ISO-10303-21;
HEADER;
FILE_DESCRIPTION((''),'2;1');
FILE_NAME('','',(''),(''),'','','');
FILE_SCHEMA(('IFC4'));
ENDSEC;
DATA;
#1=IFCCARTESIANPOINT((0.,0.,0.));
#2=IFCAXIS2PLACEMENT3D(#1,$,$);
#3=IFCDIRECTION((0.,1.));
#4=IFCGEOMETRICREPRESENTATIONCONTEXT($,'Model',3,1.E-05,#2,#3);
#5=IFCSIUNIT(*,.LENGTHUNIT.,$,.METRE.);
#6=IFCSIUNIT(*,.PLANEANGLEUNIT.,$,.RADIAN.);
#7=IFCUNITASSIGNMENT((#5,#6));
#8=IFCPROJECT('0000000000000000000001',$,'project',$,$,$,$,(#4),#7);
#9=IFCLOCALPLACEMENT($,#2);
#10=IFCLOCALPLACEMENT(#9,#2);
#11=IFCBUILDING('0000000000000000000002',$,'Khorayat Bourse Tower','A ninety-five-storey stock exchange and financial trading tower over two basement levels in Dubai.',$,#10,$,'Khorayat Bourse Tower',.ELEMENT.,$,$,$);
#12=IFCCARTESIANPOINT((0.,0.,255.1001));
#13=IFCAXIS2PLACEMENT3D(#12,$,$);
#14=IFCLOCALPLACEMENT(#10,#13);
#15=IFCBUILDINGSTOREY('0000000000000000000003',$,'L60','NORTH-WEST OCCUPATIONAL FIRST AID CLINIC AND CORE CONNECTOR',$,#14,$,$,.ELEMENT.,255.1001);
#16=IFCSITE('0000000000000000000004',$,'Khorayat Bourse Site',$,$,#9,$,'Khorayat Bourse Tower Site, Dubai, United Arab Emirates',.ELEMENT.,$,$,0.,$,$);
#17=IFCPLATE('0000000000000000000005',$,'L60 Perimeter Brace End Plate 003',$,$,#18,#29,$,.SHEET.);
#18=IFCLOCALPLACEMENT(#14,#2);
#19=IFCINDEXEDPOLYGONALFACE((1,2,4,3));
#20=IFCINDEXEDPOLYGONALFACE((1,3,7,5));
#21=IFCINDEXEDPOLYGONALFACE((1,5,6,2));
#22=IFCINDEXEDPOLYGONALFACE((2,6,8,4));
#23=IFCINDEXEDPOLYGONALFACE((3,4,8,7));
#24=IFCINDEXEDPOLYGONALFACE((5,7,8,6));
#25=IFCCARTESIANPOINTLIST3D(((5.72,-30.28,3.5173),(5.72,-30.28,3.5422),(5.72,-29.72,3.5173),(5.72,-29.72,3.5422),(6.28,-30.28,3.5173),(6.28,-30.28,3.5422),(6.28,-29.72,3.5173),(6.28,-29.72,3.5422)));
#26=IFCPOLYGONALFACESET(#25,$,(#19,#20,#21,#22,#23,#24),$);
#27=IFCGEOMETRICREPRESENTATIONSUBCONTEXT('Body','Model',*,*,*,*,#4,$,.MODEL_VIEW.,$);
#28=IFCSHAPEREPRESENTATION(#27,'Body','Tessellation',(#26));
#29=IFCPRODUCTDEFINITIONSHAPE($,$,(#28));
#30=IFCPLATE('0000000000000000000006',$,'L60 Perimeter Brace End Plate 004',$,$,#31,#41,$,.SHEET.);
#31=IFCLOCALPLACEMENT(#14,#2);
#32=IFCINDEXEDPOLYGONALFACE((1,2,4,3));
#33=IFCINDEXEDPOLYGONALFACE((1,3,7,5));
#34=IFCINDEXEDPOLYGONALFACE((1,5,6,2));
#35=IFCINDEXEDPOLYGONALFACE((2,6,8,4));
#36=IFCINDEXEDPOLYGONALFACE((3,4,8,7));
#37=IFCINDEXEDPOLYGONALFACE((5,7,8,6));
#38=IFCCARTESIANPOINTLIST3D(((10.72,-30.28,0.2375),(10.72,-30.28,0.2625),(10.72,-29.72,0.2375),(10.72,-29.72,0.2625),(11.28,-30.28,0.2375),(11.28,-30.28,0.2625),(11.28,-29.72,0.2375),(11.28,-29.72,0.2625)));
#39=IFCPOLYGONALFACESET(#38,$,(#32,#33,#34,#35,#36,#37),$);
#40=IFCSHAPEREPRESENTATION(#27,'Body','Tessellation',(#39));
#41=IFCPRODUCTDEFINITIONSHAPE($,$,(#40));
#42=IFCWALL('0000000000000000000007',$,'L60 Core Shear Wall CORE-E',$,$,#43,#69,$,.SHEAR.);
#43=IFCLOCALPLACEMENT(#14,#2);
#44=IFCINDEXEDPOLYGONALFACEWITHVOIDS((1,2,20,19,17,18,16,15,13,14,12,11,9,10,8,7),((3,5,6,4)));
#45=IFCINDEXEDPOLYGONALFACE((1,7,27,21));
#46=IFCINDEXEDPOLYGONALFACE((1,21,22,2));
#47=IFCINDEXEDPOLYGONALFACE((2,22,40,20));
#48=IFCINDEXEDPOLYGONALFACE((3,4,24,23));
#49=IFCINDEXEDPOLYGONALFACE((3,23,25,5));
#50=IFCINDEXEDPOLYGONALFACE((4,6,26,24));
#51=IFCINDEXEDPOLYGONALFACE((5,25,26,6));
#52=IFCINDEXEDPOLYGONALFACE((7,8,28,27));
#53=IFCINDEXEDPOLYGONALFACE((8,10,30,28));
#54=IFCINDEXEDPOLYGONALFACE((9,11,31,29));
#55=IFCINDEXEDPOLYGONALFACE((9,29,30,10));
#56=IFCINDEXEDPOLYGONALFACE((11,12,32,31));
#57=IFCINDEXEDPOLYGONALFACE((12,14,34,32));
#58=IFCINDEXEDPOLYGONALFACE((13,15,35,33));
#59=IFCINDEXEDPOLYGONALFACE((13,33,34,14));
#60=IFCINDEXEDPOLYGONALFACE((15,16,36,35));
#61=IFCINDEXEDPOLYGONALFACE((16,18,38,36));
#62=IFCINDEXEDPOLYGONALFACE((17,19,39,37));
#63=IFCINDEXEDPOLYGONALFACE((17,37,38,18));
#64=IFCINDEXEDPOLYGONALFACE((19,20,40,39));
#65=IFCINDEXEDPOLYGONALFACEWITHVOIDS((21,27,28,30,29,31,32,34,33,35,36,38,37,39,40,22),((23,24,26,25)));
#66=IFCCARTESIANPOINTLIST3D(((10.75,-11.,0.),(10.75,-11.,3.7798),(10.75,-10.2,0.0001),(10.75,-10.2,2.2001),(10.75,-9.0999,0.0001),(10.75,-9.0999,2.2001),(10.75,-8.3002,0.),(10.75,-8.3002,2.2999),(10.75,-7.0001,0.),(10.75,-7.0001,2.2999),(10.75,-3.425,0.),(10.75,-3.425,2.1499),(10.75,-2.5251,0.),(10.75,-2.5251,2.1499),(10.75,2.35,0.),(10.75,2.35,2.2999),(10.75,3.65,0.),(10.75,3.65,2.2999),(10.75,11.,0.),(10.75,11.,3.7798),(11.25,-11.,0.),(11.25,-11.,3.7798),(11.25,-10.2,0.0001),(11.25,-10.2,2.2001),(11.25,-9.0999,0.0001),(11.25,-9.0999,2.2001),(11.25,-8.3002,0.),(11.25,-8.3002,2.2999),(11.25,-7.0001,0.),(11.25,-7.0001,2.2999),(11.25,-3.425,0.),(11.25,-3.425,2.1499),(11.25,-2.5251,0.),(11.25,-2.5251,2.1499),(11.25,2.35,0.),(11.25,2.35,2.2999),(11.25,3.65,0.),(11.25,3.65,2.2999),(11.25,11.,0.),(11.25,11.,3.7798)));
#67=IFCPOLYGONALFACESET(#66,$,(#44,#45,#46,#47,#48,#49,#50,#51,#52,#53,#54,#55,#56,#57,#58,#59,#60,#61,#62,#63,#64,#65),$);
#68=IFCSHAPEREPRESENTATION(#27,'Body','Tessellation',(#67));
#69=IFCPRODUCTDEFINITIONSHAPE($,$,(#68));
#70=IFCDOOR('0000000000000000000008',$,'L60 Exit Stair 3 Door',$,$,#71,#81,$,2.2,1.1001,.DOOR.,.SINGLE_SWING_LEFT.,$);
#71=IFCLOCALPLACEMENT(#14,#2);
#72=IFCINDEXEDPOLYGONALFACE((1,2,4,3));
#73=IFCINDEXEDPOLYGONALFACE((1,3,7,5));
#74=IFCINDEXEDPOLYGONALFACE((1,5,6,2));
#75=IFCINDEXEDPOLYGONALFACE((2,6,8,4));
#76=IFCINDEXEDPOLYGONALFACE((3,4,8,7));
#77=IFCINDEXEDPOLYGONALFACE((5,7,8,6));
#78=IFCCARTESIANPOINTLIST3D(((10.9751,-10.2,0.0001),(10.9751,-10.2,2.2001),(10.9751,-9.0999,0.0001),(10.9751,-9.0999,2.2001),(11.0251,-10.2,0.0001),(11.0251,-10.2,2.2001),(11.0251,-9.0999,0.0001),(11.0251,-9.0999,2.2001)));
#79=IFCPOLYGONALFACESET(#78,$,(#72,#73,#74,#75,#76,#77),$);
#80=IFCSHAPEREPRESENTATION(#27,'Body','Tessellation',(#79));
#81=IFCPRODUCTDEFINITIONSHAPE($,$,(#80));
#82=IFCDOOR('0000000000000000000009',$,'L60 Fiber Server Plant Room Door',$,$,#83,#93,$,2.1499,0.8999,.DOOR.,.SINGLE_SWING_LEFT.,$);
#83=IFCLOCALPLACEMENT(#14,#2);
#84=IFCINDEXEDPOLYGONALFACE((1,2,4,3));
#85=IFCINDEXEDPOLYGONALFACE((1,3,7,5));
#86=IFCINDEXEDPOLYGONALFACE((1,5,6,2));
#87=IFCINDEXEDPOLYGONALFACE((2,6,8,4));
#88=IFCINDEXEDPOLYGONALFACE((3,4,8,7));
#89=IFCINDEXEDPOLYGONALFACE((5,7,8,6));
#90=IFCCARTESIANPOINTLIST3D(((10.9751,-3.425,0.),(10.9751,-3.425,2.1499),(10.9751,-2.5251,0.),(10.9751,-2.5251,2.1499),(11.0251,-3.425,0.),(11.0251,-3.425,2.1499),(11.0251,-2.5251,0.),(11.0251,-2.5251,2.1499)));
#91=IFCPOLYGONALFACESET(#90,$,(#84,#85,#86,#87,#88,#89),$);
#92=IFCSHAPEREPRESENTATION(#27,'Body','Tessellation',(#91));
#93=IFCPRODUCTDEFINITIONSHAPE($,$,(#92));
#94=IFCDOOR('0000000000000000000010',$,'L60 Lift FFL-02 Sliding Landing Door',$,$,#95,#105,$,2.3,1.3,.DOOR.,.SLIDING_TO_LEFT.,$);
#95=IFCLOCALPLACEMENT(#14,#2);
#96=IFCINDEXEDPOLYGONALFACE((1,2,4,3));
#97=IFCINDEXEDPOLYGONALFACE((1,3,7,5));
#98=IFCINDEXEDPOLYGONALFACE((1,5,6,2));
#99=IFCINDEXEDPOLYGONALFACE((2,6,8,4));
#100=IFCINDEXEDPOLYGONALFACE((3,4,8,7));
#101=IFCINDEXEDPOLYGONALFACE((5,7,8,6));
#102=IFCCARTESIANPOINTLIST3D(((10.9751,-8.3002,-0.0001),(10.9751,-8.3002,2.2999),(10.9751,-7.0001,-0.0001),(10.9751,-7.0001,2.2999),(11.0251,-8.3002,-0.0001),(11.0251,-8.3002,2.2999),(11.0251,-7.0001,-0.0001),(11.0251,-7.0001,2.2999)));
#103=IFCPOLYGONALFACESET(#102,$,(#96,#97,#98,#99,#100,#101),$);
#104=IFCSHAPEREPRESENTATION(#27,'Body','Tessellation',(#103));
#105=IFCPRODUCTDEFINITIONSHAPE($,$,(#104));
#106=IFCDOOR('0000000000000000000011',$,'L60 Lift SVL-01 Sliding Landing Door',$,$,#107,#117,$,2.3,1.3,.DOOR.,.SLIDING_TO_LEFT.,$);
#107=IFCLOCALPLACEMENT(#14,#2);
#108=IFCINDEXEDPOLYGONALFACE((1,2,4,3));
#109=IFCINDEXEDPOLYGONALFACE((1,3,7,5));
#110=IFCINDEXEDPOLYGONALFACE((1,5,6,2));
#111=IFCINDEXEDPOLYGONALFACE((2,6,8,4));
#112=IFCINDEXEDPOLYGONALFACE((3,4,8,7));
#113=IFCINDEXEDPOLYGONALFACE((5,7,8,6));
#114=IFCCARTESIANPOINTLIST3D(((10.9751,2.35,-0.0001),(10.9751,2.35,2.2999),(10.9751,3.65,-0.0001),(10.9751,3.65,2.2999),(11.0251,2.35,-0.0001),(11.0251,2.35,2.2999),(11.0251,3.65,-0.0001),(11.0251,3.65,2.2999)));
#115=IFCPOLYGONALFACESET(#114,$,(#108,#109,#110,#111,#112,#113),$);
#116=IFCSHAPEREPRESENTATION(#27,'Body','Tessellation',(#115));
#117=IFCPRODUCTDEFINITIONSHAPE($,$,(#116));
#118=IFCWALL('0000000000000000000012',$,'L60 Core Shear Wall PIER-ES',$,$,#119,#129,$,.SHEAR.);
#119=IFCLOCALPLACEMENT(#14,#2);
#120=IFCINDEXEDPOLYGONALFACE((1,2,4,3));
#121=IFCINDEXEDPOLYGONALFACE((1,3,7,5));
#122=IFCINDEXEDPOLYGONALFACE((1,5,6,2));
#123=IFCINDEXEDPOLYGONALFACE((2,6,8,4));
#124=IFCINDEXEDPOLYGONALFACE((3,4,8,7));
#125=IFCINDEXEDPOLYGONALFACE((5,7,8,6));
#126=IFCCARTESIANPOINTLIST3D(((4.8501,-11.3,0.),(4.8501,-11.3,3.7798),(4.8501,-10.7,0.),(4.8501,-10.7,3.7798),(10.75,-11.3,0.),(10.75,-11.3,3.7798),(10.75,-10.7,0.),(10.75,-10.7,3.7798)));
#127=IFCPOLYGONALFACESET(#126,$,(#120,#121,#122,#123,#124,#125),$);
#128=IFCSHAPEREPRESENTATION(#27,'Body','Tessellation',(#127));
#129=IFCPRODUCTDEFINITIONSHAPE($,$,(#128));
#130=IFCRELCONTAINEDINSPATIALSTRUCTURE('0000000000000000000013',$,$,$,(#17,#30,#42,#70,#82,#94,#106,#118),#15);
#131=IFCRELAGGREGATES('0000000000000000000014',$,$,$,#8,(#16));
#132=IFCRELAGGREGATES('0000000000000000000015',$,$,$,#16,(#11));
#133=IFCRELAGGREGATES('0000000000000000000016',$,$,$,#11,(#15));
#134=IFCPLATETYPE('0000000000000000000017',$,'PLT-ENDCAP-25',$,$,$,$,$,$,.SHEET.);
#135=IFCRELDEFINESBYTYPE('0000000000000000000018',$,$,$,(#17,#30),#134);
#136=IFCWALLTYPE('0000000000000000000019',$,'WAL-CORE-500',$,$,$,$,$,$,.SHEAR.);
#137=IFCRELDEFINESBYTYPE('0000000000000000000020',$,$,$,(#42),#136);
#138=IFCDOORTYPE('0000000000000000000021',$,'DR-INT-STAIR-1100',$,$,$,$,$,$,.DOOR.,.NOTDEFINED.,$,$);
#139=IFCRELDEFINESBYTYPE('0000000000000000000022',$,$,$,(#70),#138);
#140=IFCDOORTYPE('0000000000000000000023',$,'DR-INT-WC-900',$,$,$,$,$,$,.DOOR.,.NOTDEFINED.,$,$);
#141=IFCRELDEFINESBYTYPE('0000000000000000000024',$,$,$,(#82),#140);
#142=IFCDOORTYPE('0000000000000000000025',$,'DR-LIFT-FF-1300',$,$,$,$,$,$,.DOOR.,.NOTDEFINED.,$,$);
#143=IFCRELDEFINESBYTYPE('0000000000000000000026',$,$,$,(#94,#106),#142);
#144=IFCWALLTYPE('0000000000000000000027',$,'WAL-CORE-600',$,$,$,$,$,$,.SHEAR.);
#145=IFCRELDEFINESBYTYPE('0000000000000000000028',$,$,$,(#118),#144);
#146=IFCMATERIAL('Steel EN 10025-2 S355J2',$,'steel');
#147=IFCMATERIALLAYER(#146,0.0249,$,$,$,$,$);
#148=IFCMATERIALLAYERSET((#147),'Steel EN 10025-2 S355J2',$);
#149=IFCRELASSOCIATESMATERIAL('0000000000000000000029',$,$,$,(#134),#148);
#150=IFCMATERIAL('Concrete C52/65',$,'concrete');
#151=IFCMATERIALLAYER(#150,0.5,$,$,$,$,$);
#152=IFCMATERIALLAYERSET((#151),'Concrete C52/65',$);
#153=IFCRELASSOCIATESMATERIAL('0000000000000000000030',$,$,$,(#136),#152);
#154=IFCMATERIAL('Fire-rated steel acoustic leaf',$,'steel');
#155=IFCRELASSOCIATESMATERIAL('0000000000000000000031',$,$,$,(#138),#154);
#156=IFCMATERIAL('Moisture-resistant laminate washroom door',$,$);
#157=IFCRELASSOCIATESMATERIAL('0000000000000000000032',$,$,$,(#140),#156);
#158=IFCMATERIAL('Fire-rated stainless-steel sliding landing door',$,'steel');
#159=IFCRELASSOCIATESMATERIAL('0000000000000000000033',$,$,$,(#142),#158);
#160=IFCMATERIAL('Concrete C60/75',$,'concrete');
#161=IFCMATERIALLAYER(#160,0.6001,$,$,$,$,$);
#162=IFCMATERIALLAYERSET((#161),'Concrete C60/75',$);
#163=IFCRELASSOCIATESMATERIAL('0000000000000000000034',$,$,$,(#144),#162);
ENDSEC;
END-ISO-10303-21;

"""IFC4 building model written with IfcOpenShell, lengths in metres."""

from ifc_helpers import new_model, si_unit, direction, frame, frame_2d, origin, origin_2d, place, context, subcontext, project, spatial, rectangle, extrude, source, transform, mapped, material, layer, layer_set, type_object, element, fill, save


model = new_model("IFC4")

# Units and contexts
model_context = context("Model", 3, precision=1e-05, world=origin(), true_north=direction((0.0, 1.0)))
body_context = subcontext(model_context, "Body", "Model", "MODEL_VIEW")
ifc_project = project(units=[si_unit("LENGTHUNIT", "METRE"), si_unit("PLANEANGLEUNIT", "RADIAN")], contexts=[model_context])

# Site, building, storey
site_placement = place(None, origin())
site = spatial("IfcSite", under=ifc_project, at=site_placement, Name="Khorayat Bourse Site", LongName="Khorayat Bourse Tower Site, Dubai, United Arab Emirates", CompositionType="ELEMENT", RefElevation=0.0)
building_placement = place(site_placement, origin())
building = spatial("IfcBuilding", under=site, at=building_placement, Name="Khorayat Bourse Tower", Description="A ninety-five-storey stock exchange and financial trading tower over two basement levels in Dubai.", LongName="Khorayat Bourse Tower", CompositionType="ELEMENT")
storey_placement = place(building_placement, frame((0.0, 0.0, 255.1001)))
storey = spatial("IfcBuildingStorey", under=building, at=storey_placement, Name="L60", Description="NORTH-WEST OCCUPATIONAL FIRST AID CLINIC AND CORE CONNECTOR", CompositionType="ELEMENT", Elevation=255.1001)

# Shared definitions
ifc_material_1 = material(Name="Concrete C60/75", Category="concrete")

# Plates
ifc_material_2 = material(Name="Steel EN 10025-2 S355J2", Category="steel")
ifc_layer_1 = layer(ifc_material_2, 0.0249)
ifc_layer_set_1 = layer_set([ifc_layer_1], Name="Steel EN 10025-2 S355J2")
plate_type = type_object("IfcPlateType", Name="PLT-ENDCAP-25", PredefinedType="SHEET", material=ifc_layer_set_1)
shared_shape_1 = source(origin(), body_context, "Body", "SweptSolid", [
    extrude(rectangle(XDim=0.5601, YDim=0.5601, at=origin_2d()), origin(), (0.0, 0.0, 1.0), 0.0249),
])
for number, where, z_axis, x_axis, name in (
    (1, (6.0, -30.0, 3.5173), (0.0, 0.0, 1.0), (1.0, 0.0, 0.0), "L60 Perimeter Brace End Plate 003"),
    (2, (11.0, -30.0, 0.2375), (0.0, 0.0, 1.0), (1.0, 0.0, 0.0), "L60 Perimeter Brace End Plate 004"),
):
    element("IfcPlate", number, at=place(storey_placement, frame(where, z_axis=z_axis, x_axis=x_axis)), inside=storey, type_object=plate_type, Name=name, PredefinedType="SHEET", context=body_context, shape_type="MappedRepresentation", body=[
        mapped(shared_shape_1, transform((0.0, 0.0, 0.0), scale=1.0)),
    ])

# Wall, openings, doors
ifc_material_3 = material(Name="Concrete C52/65", Category="concrete")
ifc_layer_2 = layer(ifc_material_3, 0.5)
ifc_layer_set_2 = layer_set([ifc_layer_2], Name="Concrete C52/65")
wall_type_1 = type_object("IfcWallType", Name="WAL-CORE-500", PredefinedType="SHEAR", material=ifc_layer_set_2)
shared_shape_2 = source(origin(), body_context, "Body", "SweptSolid", [
    extrude(rectangle(XDim=22.0, YDim=0.5, at=frame_2d((11.0, 0.0))), origin(), (0.0, 0.0, 1.0), 3.7798),
])
wall_1_placement = place(storey_placement, frame((11.0, -11.0, 0.0), z_axis=(0.0, 0.0, 1.0), x_axis=(0.0, 1.0, 0.0)))
wall_1 = element("IfcWall", 3, at=wall_1_placement, inside=storey, type_object=wall_type_1, Name="L60 Core Shear Wall CORE-E", PredefinedType="SHEAR", context=body_context, shape_type="MappedRepresentation", body=[
    mapped(shared_shape_2, transform((0.0, 0.0, 0.0), scale=1.0)),
])
shared_shape_3 = source(origin(), body_context, "Body", "SweptSolid", [
    extrude(rectangle(XDim=1.1001, YDim=2.2, at=frame_2d((0.55, 1.1001))), frame((0.0, 0.26, 0.0), z_axis=(0.0, -1.0, 0.0), x_axis=(1.0, 0.0, 0.0)), (0.0, 0.0, 1.0), 0.52),
])
opening_1_placement = place(wall_1_placement, frame((0.8, 0.0, 0.0)))
opening_1 = element("IfcOpeningElement", 4, at=opening_1_placement, cuts=wall_1, PredefinedType="OPENING", context=body_context, shape_type="MappedRepresentation", body=[
    mapped(shared_shape_3, transform((0.0, 0.0, 0.0), scale=1.0)),
])
shared_shape_4 = source(origin(), body_context, "Body", "SweptSolid", [
    extrude(rectangle(XDim=0.8999, YDim=2.1499, at=frame_2d((0.45, 1.075))), frame((0.0, 0.26, 0.0), z_axis=(0.0, -1.0, 0.0), x_axis=(1.0, 0.0, 0.0)), (0.0, 0.0, 1.0), 0.52),
])
opening_2_placement = place(wall_1_placement, frame((7.575, 0.0, 0.0)))
opening_2 = element("IfcOpeningElement", 5, at=opening_2_placement, cuts=wall_1, PredefinedType="OPENING", context=body_context, shape_type="MappedRepresentation", body=[
    mapped(shared_shape_4, transform((0.0, 0.0, 0.0), scale=1.0)),
])
shared_shape_5 = source(origin(), body_context, "Body", "SweptSolid", [
    extrude(rectangle(XDim=1.3, YDim=2.3, at=frame_2d((0.6499, 1.1499))), frame((0.0, 0.26, 0.0), z_axis=(0.0, -1.0, 0.0), x_axis=(1.0, 0.0, 0.0)), (0.0, 0.0, 1.0), 0.52),
])
opening_3_placement = place(wall_1_placement, frame((2.7, 0.0, 0.0)))
opening_3 = element("IfcOpeningElement", 6, at=opening_3_placement, cuts=wall_1, PredefinedType="OPENING", context=body_context, shape_type="MappedRepresentation", body=[
    mapped(shared_shape_5, transform((0.0, 0.0, 0.0), scale=1.0)),
])
opening_4_placement = place(wall_1_placement, frame((13.3501, 0.0, 0.0)))
opening_4 = element("IfcOpeningElement", 7, at=opening_4_placement, cuts=wall_1, PredefinedType="OPENING", context=body_context, shape_type="MappedRepresentation", body=[
    mapped(shared_shape_5, transform((0.0, 0.0, 0.0), scale=1.0)),
])
ifc_material_4 = material(Name="Fire-rated steel acoustic leaf", Category="steel")
door_type_1 = type_object("IfcDoorType", Name="DR-INT-STAIR-1100", OperationType="NOTDEFINED", PredefinedType="DOOR", material=ifc_material_4)
shared_shape_6 = source(origin(), body_context, "Body", "SweptSolid", [
    extrude(rectangle(XDim=1.1001, YDim=2.2, at=frame_2d((0.55, 1.1001))), frame((0.0, 0.0249, 0.0), z_axis=(0.0, -1.0, 0.0), x_axis=(1.0, 0.0, 0.0)), (0.0, 0.0, 1.0), 0.05),
])
door_1_placement = place(opening_1_placement, origin())
door_1 = element("IfcDoor", 8, at=door_1_placement, inside=storey, type_object=door_type_1, Name="L60 Exit Stair 3 Door", OperationType="SINGLE_SWING_LEFT", OverallHeight=2.2, OverallWidth=1.1001, PredefinedType="DOOR", context=body_context, shape_type="MappedRepresentation", body=[
    mapped(shared_shape_6, transform((0.0, 0.0, 0.0), scale=1.0)),
])
fill(opening_1, door_1)
ifc_material_5 = material(Name="Moisture-resistant laminate washroom door")
door_type_2 = type_object("IfcDoorType", Name="DR-INT-WC-900", OperationType="NOTDEFINED", PredefinedType="DOOR", material=ifc_material_5)
shared_shape_7 = source(origin(), body_context, "Body", "SweptSolid", [
    extrude(rectangle(XDim=0.8999, YDim=2.1499, at=frame_2d((0.45, 1.075))), frame((0.0, 0.0249, 0.0), z_axis=(0.0, -1.0, 0.0), x_axis=(1.0, 0.0, 0.0)), (0.0, 0.0, 1.0), 0.05),
])
door_2_placement = place(opening_2_placement, origin())
door_2 = element("IfcDoor", 9, at=door_2_placement, inside=storey, type_object=door_type_2, Name="L60 Fiber Server Plant Room Door", OperationType="SINGLE_SWING_LEFT", OverallHeight=2.1499, OverallWidth=0.8999, PredefinedType="DOOR", context=body_context, shape_type="MappedRepresentation", body=[
    mapped(shared_shape_7, transform((0.0, 0.0, 0.0), scale=1.0)),
])
fill(opening_2, door_2)
ifc_material_6 = material(Name="Fire-rated stainless-steel sliding landing door", Category="steel")
door_type_3 = type_object("IfcDoorType", Name="DR-LIFT-FF-1300", OperationType="NOTDEFINED", PredefinedType="DOOR", material=ifc_material_6)
shared_shape_8 = source(origin(), body_context, "Body", "SweptSolid", [
    extrude(rectangle(XDim=1.3, YDim=2.3, at=frame_2d((0.6499, 1.1499))), frame((0.0, 0.0249, 0.0), z_axis=(0.0, -1.0, 0.0), x_axis=(1.0, 0.0, 0.0)), (0.0, 0.0, 1.0), 0.05),
])
door_3_placement = place(opening_3_placement, origin())
door_3 = element("IfcDoor", 10, at=door_3_placement, inside=storey, type_object=door_type_3, Name="L60 Lift FFL-02 Sliding Landing Door", OperationType="SLIDING_TO_LEFT", OverallHeight=2.3, OverallWidth=1.3, PredefinedType="DOOR", context=body_context, shape_type="MappedRepresentation", body=[
    mapped(shared_shape_8, transform((0.0, 0.0, 0.0), scale=1.0)),
])
fill(opening_3, door_3)
door_4_placement = place(opening_4_placement, origin())
door_4 = element("IfcDoor", 11, at=door_4_placement, inside=storey, type_object=door_type_3, Name="L60 Lift SVL-01 Sliding Landing Door", OperationType="SLIDING_TO_LEFT", OverallHeight=2.3, OverallWidth=1.3, PredefinedType="DOOR", context=body_context, shape_type="MappedRepresentation", body=[
    mapped(shared_shape_8, transform((0.0, 0.0, 0.0), scale=1.0)),
])
fill(opening_4, door_4)

# Wall
ifc_layer_3 = layer(ifc_material_1, 0.6001)
ifc_layer_set_3 = layer_set([ifc_layer_3], Name="Concrete C60/75")
wall_type_2 = type_object("IfcWallType", Name="WAL-CORE-600", PredefinedType="SHEAR", material=ifc_layer_set_3)
shared_shape_9 = source(origin(), body_context, "Body", "SweptSolid", [
    extrude(rectangle(XDim=5.8999, YDim=0.6001, at=frame_2d((2.95, 0.0))), origin(), (0.0, 0.0, 1.0), 3.7798),
])
wall_2_placement = place(storey_placement, frame((4.8501, -11.0, 0.0), z_axis=(0.0, 0.0, 1.0), x_axis=(1.0, 0.0, 0.0)))
element("IfcWall", 12, at=wall_2_placement, inside=storey, type_object=wall_type_2, Name="L60 Core Shear Wall PIER-ES", PredefinedType="SHEAR", context=body_context, shape_type="MappedRepresentation", body=[
    mapped(shared_shape_9, transform((0.0, 0.0, 0.0), scale=1.0)),
])

save(model, "model.ifc")
